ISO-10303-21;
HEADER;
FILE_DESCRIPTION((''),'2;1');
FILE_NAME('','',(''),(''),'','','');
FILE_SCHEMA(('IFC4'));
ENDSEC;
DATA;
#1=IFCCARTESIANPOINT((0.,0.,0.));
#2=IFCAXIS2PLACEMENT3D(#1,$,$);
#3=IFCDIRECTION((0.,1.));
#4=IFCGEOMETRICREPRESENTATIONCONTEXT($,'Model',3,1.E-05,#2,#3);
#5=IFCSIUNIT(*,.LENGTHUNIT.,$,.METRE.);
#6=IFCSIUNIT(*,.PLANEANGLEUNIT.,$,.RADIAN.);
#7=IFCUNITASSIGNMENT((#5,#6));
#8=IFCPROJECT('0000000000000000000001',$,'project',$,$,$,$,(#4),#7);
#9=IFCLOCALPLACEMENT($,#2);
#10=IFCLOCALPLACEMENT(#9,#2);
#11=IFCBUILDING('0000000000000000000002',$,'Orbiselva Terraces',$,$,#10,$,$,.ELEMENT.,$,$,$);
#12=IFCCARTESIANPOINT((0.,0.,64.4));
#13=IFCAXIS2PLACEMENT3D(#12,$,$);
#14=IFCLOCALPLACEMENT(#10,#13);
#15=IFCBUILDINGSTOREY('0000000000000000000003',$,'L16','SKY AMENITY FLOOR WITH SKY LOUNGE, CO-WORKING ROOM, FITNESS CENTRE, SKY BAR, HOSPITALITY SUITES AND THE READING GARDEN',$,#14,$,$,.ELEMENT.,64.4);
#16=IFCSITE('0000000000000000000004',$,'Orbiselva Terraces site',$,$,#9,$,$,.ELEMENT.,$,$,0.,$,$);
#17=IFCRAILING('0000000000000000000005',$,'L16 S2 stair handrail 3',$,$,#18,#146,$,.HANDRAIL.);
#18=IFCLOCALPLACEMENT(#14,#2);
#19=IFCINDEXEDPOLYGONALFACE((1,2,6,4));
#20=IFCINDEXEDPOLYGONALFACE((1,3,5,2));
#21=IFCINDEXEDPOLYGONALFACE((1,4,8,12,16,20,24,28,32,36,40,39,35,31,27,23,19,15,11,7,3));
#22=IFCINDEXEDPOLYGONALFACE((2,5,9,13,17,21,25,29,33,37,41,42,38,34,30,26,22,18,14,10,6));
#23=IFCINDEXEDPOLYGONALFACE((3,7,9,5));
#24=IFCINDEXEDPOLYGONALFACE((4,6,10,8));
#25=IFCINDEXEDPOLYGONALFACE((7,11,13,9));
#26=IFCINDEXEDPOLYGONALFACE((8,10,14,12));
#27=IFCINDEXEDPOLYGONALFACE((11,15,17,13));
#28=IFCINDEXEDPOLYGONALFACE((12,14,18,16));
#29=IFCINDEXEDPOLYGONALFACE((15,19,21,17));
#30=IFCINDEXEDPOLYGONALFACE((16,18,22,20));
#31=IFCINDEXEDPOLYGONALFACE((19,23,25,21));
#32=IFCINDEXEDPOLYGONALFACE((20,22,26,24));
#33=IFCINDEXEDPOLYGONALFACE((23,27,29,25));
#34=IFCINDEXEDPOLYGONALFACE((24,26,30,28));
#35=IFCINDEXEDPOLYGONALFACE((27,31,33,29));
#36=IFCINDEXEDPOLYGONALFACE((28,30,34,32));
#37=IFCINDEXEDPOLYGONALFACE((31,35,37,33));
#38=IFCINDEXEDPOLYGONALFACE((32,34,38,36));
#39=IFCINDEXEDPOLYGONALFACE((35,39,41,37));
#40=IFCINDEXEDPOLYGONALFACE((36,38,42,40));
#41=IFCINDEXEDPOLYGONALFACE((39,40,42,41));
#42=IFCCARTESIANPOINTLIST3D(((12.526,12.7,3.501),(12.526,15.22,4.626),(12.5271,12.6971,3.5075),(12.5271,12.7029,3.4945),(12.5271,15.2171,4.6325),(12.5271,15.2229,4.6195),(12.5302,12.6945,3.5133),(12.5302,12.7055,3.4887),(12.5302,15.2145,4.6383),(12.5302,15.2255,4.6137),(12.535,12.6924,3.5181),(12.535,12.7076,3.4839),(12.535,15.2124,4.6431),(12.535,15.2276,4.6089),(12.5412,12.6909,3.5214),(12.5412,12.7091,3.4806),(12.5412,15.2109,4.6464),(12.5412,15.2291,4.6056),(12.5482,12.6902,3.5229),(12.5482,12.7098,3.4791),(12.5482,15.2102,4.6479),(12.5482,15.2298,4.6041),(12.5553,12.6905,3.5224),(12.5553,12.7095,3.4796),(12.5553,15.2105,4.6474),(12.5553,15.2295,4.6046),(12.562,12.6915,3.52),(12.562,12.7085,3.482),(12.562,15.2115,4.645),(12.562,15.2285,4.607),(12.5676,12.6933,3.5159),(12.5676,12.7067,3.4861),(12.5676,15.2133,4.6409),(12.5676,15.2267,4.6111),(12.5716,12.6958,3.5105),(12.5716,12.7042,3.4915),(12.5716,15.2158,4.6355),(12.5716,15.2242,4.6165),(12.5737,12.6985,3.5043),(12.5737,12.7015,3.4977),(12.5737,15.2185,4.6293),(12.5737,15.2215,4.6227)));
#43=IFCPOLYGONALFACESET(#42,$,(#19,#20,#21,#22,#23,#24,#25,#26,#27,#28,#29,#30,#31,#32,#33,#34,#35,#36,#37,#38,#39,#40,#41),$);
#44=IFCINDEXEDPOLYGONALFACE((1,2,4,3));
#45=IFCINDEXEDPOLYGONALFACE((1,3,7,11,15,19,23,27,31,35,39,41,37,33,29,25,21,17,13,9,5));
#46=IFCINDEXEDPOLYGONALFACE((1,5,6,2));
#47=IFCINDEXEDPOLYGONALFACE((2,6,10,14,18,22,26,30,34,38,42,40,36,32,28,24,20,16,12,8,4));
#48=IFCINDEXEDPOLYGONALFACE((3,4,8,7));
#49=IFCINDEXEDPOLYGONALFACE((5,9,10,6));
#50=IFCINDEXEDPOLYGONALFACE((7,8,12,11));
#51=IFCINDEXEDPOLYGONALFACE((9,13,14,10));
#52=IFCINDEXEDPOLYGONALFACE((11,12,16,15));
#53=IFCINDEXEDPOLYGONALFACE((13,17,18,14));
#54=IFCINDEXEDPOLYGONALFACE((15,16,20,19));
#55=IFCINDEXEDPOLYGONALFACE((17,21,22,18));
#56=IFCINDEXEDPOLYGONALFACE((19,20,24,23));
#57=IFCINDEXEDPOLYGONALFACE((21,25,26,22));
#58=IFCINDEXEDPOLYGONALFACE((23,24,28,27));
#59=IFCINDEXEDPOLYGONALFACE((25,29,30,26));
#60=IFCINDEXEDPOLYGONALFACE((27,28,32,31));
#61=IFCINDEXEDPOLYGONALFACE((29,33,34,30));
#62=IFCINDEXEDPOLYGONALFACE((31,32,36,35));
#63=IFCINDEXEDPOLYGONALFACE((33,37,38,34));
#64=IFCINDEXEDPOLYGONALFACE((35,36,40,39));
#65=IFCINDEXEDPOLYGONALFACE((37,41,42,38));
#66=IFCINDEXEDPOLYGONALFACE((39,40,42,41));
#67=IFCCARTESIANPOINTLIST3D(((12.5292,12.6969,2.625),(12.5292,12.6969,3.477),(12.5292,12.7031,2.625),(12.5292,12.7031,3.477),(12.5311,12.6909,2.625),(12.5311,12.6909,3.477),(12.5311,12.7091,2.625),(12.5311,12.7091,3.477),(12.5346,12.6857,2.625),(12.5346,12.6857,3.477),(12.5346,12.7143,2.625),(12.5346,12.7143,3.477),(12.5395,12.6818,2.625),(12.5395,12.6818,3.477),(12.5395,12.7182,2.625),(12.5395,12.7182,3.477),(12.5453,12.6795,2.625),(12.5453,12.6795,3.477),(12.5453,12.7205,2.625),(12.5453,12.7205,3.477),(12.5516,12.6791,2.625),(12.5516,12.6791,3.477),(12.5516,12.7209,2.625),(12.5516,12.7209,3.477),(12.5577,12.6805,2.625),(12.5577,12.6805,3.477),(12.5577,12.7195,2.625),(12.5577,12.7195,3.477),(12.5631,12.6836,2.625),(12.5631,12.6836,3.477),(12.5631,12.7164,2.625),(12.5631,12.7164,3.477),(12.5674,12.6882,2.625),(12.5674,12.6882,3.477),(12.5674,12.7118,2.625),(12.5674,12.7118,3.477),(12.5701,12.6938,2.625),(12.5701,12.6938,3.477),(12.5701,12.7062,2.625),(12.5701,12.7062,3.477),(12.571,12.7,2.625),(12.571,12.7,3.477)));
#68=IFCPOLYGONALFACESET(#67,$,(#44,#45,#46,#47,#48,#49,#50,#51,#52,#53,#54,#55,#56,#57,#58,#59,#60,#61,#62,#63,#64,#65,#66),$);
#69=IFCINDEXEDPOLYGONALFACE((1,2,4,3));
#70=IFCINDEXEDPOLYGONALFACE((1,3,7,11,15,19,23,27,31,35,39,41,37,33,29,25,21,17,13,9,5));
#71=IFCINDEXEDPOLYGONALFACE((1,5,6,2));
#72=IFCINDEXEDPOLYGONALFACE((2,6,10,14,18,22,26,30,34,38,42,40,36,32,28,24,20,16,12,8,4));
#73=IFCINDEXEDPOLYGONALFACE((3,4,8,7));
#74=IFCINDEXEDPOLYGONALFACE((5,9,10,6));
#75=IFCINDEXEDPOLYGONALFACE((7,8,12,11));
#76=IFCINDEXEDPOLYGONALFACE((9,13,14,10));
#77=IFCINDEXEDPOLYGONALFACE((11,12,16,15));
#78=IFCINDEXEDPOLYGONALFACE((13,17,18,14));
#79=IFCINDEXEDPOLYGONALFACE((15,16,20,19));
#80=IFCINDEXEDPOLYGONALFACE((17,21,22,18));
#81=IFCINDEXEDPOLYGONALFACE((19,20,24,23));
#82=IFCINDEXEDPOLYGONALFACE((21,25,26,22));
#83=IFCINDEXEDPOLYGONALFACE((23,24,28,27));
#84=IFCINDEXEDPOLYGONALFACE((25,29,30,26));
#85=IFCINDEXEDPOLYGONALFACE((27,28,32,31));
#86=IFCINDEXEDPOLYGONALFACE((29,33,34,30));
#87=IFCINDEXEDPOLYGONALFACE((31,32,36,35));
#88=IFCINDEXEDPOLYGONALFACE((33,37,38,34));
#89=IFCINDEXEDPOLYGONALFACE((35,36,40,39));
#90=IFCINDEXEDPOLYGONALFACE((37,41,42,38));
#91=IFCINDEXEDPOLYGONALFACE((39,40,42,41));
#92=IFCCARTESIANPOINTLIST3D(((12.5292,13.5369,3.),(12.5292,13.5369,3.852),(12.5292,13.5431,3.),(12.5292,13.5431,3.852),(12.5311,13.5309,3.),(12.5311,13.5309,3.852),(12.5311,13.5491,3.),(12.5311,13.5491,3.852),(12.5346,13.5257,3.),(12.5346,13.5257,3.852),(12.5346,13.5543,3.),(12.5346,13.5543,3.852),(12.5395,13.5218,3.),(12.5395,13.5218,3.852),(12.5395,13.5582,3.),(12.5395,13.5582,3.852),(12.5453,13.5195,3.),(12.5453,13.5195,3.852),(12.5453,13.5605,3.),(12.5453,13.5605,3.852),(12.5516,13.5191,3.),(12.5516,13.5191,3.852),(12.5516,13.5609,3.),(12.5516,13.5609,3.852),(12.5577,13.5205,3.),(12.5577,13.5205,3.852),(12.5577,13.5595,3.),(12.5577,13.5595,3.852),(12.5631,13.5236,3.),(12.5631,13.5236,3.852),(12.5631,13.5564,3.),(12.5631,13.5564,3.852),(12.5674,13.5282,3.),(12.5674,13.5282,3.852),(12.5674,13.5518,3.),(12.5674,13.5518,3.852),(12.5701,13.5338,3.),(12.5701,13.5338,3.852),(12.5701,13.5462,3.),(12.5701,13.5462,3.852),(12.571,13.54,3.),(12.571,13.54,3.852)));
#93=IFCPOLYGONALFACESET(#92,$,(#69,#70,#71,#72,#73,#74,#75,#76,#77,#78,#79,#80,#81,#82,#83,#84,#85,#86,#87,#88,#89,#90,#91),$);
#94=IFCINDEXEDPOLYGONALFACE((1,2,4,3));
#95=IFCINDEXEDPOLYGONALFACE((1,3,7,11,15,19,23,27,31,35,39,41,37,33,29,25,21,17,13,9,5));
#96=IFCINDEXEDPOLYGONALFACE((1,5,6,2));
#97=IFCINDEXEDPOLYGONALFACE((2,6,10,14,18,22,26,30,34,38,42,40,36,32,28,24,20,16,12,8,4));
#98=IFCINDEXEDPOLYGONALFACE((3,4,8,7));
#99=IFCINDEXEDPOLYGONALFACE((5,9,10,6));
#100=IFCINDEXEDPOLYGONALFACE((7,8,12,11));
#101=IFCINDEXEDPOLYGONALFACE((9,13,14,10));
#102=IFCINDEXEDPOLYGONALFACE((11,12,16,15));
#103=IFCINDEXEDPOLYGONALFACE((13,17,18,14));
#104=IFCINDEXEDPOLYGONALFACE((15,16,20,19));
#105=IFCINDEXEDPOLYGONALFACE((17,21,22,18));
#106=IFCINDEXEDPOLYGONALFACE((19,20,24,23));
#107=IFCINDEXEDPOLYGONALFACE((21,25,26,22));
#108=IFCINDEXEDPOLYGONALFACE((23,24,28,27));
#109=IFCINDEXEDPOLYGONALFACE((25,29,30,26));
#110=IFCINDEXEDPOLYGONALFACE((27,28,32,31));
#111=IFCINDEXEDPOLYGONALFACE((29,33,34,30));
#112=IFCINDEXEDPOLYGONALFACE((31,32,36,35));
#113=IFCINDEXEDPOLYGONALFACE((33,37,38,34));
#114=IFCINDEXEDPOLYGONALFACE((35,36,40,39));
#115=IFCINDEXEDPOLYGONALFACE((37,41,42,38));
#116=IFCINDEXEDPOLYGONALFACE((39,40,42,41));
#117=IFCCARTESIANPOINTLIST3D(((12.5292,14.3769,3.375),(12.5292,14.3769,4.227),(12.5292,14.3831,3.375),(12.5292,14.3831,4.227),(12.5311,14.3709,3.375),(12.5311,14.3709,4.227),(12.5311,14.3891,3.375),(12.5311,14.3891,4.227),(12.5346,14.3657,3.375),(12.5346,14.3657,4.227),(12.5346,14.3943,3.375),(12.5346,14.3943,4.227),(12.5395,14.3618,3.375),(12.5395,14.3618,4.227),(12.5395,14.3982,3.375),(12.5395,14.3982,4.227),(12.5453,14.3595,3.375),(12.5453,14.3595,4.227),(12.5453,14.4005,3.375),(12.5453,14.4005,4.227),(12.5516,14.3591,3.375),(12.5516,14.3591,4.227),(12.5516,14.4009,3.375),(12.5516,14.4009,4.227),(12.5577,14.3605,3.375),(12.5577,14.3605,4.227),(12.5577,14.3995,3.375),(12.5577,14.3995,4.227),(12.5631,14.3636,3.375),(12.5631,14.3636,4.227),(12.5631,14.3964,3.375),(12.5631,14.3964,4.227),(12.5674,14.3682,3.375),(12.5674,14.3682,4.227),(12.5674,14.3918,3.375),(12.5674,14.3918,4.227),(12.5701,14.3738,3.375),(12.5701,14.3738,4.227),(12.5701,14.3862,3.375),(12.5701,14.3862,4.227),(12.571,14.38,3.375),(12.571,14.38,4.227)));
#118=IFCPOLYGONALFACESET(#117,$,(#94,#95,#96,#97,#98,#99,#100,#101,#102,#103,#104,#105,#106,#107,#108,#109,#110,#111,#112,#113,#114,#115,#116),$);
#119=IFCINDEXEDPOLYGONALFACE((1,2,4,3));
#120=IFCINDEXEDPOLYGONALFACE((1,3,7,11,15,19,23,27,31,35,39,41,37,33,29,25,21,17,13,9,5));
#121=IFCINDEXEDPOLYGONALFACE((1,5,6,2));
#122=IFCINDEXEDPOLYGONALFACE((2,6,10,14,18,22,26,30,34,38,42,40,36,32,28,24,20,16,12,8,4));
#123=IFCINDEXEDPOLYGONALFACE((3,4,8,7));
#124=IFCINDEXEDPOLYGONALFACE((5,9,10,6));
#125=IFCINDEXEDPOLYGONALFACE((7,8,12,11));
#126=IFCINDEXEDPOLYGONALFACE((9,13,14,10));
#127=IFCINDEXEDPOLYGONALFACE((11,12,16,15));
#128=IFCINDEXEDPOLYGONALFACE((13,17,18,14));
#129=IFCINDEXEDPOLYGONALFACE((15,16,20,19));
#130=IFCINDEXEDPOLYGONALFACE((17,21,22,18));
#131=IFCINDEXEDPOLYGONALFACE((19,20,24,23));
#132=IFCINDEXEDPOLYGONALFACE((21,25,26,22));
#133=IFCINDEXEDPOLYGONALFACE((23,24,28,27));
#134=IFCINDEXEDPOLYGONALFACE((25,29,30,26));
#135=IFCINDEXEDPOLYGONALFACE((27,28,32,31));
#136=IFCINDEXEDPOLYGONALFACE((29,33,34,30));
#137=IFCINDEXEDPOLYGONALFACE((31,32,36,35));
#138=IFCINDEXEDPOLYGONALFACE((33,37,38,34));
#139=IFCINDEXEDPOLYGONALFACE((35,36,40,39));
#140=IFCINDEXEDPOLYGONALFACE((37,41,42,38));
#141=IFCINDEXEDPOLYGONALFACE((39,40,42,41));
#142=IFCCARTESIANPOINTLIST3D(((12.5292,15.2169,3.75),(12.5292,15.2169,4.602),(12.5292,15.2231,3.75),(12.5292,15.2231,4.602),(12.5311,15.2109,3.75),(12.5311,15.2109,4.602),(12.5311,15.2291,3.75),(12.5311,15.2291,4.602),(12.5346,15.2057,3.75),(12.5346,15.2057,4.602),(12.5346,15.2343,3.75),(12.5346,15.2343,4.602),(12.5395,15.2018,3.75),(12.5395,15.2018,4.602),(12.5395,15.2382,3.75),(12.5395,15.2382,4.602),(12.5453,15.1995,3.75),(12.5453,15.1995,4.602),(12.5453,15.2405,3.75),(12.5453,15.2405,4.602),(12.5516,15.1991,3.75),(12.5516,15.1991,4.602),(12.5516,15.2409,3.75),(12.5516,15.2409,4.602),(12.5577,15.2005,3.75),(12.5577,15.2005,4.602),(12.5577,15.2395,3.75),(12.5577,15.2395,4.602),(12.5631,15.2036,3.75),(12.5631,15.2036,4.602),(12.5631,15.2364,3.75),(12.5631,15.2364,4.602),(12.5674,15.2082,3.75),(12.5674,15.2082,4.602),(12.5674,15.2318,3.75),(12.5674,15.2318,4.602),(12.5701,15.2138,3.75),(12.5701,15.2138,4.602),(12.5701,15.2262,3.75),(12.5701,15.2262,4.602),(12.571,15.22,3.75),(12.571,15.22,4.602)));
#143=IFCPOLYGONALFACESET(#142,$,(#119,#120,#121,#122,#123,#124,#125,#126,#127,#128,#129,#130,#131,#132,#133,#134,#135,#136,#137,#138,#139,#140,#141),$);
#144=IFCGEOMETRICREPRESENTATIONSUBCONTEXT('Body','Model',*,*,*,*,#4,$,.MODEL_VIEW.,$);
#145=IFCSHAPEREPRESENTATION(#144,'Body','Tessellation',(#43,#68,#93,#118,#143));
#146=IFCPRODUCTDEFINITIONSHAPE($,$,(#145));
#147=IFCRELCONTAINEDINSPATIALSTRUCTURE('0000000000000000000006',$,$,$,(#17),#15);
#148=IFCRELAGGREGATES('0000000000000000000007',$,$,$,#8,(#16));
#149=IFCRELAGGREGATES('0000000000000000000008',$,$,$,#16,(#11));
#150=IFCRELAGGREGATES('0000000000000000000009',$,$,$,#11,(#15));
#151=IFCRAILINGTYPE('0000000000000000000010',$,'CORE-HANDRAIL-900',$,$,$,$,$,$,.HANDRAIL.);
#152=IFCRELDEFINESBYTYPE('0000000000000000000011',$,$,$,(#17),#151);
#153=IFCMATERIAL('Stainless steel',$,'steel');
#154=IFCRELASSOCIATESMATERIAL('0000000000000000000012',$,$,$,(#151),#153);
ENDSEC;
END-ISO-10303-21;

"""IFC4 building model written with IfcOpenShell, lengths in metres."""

from ifc_helpers import new_model, si_unit, direction, frame, origin, origin_2d, place, context, subcontext, project, spatial, circle, extrude, material, type_object, element, save


model = new_model("IFC4")

# Units and contexts
model_context = context("Model", 3, precision=1e-05, world=origin(), true_north=direction((0.0, 1.0)))
body_context = subcontext(model_context, "Body", "Model", "MODEL_VIEW")
ifc_project = project(units=[si_unit("LENGTHUNIT", "METRE"), si_unit("PLANEANGLEUNIT", "RADIAN")], contexts=[model_context])

# Site, building, storey
site_placement = place(None, origin())
site = spatial("IfcSite", under=ifc_project, at=site_placement, Name="Orbiselva Terraces site", CompositionType="ELEMENT", RefElevation=0.0)
building_placement = place(site_placement, origin())
building = spatial("IfcBuilding", under=site, at=building_placement, Name="Orbiselva Terraces", CompositionType="ELEMENT")
storey_placement = place(building_placement, frame((0.0, 0.0, 64.4)))
storey = spatial("IfcBuildingStorey", under=building, at=storey_placement, Name="L16", Description="SKY AMENITY FLOOR WITH SKY LOUNGE, CO-WORKING ROOM, FITNESS CENTRE, SKY BAR, HOSPITALITY SUITES AND THE READING GARDEN", CompositionType="ELEMENT", Elevation=64.4)

# Railing
ifc_material_1 = material(Name="Stainless steel", Category="steel")
railing_type_1 = type_object("IfcRailingType", Name="CORE-HANDRAIL-900", PredefinedType="HANDRAIL", material=ifc_material_1)
railing_1_placement = place(storey_placement, frame((12.55, 12.7, 2.625)))
element("IfcRailing", 1, at=railing_1_placement, inside=storey, type_object=railing_type_1, Name="L16 S2 stair handrail 3", PredefinedType="HANDRAIL", context=body_context, shape_type="SweptSolid", body=[
    extrude(circle(Radius=0.024, at=origin_2d()), frame((0.0, 0.0, 0.876), z_axis=(0.0, 0.913138, 0.407651), x_axis=(-1.0, 0.0, 0.0)), (0.0, 0.0, 1.0), 2.7597),
    extrude(circle(Radius=0.021, at=origin_2d()), origin(), (0.0, 0.0, 1.0), 0.852),
    extrude(circle(Radius=0.021, at=origin_2d()), frame((0.0, 0.84, 0.375)), (0.0, 0.0, 1.0), 0.852),
    extrude(circle(Radius=0.021, at=origin_2d()), frame((0.0, 1.68, 0.75)), (0.0, 0.0, 1.0), 0.852),
    extrude(circle(Radius=0.021, at=origin_2d()), frame((0.0, 2.52, 1.125)), (0.0, 0.0, 1.0), 0.852),
])

save(model, "model.ifc")
